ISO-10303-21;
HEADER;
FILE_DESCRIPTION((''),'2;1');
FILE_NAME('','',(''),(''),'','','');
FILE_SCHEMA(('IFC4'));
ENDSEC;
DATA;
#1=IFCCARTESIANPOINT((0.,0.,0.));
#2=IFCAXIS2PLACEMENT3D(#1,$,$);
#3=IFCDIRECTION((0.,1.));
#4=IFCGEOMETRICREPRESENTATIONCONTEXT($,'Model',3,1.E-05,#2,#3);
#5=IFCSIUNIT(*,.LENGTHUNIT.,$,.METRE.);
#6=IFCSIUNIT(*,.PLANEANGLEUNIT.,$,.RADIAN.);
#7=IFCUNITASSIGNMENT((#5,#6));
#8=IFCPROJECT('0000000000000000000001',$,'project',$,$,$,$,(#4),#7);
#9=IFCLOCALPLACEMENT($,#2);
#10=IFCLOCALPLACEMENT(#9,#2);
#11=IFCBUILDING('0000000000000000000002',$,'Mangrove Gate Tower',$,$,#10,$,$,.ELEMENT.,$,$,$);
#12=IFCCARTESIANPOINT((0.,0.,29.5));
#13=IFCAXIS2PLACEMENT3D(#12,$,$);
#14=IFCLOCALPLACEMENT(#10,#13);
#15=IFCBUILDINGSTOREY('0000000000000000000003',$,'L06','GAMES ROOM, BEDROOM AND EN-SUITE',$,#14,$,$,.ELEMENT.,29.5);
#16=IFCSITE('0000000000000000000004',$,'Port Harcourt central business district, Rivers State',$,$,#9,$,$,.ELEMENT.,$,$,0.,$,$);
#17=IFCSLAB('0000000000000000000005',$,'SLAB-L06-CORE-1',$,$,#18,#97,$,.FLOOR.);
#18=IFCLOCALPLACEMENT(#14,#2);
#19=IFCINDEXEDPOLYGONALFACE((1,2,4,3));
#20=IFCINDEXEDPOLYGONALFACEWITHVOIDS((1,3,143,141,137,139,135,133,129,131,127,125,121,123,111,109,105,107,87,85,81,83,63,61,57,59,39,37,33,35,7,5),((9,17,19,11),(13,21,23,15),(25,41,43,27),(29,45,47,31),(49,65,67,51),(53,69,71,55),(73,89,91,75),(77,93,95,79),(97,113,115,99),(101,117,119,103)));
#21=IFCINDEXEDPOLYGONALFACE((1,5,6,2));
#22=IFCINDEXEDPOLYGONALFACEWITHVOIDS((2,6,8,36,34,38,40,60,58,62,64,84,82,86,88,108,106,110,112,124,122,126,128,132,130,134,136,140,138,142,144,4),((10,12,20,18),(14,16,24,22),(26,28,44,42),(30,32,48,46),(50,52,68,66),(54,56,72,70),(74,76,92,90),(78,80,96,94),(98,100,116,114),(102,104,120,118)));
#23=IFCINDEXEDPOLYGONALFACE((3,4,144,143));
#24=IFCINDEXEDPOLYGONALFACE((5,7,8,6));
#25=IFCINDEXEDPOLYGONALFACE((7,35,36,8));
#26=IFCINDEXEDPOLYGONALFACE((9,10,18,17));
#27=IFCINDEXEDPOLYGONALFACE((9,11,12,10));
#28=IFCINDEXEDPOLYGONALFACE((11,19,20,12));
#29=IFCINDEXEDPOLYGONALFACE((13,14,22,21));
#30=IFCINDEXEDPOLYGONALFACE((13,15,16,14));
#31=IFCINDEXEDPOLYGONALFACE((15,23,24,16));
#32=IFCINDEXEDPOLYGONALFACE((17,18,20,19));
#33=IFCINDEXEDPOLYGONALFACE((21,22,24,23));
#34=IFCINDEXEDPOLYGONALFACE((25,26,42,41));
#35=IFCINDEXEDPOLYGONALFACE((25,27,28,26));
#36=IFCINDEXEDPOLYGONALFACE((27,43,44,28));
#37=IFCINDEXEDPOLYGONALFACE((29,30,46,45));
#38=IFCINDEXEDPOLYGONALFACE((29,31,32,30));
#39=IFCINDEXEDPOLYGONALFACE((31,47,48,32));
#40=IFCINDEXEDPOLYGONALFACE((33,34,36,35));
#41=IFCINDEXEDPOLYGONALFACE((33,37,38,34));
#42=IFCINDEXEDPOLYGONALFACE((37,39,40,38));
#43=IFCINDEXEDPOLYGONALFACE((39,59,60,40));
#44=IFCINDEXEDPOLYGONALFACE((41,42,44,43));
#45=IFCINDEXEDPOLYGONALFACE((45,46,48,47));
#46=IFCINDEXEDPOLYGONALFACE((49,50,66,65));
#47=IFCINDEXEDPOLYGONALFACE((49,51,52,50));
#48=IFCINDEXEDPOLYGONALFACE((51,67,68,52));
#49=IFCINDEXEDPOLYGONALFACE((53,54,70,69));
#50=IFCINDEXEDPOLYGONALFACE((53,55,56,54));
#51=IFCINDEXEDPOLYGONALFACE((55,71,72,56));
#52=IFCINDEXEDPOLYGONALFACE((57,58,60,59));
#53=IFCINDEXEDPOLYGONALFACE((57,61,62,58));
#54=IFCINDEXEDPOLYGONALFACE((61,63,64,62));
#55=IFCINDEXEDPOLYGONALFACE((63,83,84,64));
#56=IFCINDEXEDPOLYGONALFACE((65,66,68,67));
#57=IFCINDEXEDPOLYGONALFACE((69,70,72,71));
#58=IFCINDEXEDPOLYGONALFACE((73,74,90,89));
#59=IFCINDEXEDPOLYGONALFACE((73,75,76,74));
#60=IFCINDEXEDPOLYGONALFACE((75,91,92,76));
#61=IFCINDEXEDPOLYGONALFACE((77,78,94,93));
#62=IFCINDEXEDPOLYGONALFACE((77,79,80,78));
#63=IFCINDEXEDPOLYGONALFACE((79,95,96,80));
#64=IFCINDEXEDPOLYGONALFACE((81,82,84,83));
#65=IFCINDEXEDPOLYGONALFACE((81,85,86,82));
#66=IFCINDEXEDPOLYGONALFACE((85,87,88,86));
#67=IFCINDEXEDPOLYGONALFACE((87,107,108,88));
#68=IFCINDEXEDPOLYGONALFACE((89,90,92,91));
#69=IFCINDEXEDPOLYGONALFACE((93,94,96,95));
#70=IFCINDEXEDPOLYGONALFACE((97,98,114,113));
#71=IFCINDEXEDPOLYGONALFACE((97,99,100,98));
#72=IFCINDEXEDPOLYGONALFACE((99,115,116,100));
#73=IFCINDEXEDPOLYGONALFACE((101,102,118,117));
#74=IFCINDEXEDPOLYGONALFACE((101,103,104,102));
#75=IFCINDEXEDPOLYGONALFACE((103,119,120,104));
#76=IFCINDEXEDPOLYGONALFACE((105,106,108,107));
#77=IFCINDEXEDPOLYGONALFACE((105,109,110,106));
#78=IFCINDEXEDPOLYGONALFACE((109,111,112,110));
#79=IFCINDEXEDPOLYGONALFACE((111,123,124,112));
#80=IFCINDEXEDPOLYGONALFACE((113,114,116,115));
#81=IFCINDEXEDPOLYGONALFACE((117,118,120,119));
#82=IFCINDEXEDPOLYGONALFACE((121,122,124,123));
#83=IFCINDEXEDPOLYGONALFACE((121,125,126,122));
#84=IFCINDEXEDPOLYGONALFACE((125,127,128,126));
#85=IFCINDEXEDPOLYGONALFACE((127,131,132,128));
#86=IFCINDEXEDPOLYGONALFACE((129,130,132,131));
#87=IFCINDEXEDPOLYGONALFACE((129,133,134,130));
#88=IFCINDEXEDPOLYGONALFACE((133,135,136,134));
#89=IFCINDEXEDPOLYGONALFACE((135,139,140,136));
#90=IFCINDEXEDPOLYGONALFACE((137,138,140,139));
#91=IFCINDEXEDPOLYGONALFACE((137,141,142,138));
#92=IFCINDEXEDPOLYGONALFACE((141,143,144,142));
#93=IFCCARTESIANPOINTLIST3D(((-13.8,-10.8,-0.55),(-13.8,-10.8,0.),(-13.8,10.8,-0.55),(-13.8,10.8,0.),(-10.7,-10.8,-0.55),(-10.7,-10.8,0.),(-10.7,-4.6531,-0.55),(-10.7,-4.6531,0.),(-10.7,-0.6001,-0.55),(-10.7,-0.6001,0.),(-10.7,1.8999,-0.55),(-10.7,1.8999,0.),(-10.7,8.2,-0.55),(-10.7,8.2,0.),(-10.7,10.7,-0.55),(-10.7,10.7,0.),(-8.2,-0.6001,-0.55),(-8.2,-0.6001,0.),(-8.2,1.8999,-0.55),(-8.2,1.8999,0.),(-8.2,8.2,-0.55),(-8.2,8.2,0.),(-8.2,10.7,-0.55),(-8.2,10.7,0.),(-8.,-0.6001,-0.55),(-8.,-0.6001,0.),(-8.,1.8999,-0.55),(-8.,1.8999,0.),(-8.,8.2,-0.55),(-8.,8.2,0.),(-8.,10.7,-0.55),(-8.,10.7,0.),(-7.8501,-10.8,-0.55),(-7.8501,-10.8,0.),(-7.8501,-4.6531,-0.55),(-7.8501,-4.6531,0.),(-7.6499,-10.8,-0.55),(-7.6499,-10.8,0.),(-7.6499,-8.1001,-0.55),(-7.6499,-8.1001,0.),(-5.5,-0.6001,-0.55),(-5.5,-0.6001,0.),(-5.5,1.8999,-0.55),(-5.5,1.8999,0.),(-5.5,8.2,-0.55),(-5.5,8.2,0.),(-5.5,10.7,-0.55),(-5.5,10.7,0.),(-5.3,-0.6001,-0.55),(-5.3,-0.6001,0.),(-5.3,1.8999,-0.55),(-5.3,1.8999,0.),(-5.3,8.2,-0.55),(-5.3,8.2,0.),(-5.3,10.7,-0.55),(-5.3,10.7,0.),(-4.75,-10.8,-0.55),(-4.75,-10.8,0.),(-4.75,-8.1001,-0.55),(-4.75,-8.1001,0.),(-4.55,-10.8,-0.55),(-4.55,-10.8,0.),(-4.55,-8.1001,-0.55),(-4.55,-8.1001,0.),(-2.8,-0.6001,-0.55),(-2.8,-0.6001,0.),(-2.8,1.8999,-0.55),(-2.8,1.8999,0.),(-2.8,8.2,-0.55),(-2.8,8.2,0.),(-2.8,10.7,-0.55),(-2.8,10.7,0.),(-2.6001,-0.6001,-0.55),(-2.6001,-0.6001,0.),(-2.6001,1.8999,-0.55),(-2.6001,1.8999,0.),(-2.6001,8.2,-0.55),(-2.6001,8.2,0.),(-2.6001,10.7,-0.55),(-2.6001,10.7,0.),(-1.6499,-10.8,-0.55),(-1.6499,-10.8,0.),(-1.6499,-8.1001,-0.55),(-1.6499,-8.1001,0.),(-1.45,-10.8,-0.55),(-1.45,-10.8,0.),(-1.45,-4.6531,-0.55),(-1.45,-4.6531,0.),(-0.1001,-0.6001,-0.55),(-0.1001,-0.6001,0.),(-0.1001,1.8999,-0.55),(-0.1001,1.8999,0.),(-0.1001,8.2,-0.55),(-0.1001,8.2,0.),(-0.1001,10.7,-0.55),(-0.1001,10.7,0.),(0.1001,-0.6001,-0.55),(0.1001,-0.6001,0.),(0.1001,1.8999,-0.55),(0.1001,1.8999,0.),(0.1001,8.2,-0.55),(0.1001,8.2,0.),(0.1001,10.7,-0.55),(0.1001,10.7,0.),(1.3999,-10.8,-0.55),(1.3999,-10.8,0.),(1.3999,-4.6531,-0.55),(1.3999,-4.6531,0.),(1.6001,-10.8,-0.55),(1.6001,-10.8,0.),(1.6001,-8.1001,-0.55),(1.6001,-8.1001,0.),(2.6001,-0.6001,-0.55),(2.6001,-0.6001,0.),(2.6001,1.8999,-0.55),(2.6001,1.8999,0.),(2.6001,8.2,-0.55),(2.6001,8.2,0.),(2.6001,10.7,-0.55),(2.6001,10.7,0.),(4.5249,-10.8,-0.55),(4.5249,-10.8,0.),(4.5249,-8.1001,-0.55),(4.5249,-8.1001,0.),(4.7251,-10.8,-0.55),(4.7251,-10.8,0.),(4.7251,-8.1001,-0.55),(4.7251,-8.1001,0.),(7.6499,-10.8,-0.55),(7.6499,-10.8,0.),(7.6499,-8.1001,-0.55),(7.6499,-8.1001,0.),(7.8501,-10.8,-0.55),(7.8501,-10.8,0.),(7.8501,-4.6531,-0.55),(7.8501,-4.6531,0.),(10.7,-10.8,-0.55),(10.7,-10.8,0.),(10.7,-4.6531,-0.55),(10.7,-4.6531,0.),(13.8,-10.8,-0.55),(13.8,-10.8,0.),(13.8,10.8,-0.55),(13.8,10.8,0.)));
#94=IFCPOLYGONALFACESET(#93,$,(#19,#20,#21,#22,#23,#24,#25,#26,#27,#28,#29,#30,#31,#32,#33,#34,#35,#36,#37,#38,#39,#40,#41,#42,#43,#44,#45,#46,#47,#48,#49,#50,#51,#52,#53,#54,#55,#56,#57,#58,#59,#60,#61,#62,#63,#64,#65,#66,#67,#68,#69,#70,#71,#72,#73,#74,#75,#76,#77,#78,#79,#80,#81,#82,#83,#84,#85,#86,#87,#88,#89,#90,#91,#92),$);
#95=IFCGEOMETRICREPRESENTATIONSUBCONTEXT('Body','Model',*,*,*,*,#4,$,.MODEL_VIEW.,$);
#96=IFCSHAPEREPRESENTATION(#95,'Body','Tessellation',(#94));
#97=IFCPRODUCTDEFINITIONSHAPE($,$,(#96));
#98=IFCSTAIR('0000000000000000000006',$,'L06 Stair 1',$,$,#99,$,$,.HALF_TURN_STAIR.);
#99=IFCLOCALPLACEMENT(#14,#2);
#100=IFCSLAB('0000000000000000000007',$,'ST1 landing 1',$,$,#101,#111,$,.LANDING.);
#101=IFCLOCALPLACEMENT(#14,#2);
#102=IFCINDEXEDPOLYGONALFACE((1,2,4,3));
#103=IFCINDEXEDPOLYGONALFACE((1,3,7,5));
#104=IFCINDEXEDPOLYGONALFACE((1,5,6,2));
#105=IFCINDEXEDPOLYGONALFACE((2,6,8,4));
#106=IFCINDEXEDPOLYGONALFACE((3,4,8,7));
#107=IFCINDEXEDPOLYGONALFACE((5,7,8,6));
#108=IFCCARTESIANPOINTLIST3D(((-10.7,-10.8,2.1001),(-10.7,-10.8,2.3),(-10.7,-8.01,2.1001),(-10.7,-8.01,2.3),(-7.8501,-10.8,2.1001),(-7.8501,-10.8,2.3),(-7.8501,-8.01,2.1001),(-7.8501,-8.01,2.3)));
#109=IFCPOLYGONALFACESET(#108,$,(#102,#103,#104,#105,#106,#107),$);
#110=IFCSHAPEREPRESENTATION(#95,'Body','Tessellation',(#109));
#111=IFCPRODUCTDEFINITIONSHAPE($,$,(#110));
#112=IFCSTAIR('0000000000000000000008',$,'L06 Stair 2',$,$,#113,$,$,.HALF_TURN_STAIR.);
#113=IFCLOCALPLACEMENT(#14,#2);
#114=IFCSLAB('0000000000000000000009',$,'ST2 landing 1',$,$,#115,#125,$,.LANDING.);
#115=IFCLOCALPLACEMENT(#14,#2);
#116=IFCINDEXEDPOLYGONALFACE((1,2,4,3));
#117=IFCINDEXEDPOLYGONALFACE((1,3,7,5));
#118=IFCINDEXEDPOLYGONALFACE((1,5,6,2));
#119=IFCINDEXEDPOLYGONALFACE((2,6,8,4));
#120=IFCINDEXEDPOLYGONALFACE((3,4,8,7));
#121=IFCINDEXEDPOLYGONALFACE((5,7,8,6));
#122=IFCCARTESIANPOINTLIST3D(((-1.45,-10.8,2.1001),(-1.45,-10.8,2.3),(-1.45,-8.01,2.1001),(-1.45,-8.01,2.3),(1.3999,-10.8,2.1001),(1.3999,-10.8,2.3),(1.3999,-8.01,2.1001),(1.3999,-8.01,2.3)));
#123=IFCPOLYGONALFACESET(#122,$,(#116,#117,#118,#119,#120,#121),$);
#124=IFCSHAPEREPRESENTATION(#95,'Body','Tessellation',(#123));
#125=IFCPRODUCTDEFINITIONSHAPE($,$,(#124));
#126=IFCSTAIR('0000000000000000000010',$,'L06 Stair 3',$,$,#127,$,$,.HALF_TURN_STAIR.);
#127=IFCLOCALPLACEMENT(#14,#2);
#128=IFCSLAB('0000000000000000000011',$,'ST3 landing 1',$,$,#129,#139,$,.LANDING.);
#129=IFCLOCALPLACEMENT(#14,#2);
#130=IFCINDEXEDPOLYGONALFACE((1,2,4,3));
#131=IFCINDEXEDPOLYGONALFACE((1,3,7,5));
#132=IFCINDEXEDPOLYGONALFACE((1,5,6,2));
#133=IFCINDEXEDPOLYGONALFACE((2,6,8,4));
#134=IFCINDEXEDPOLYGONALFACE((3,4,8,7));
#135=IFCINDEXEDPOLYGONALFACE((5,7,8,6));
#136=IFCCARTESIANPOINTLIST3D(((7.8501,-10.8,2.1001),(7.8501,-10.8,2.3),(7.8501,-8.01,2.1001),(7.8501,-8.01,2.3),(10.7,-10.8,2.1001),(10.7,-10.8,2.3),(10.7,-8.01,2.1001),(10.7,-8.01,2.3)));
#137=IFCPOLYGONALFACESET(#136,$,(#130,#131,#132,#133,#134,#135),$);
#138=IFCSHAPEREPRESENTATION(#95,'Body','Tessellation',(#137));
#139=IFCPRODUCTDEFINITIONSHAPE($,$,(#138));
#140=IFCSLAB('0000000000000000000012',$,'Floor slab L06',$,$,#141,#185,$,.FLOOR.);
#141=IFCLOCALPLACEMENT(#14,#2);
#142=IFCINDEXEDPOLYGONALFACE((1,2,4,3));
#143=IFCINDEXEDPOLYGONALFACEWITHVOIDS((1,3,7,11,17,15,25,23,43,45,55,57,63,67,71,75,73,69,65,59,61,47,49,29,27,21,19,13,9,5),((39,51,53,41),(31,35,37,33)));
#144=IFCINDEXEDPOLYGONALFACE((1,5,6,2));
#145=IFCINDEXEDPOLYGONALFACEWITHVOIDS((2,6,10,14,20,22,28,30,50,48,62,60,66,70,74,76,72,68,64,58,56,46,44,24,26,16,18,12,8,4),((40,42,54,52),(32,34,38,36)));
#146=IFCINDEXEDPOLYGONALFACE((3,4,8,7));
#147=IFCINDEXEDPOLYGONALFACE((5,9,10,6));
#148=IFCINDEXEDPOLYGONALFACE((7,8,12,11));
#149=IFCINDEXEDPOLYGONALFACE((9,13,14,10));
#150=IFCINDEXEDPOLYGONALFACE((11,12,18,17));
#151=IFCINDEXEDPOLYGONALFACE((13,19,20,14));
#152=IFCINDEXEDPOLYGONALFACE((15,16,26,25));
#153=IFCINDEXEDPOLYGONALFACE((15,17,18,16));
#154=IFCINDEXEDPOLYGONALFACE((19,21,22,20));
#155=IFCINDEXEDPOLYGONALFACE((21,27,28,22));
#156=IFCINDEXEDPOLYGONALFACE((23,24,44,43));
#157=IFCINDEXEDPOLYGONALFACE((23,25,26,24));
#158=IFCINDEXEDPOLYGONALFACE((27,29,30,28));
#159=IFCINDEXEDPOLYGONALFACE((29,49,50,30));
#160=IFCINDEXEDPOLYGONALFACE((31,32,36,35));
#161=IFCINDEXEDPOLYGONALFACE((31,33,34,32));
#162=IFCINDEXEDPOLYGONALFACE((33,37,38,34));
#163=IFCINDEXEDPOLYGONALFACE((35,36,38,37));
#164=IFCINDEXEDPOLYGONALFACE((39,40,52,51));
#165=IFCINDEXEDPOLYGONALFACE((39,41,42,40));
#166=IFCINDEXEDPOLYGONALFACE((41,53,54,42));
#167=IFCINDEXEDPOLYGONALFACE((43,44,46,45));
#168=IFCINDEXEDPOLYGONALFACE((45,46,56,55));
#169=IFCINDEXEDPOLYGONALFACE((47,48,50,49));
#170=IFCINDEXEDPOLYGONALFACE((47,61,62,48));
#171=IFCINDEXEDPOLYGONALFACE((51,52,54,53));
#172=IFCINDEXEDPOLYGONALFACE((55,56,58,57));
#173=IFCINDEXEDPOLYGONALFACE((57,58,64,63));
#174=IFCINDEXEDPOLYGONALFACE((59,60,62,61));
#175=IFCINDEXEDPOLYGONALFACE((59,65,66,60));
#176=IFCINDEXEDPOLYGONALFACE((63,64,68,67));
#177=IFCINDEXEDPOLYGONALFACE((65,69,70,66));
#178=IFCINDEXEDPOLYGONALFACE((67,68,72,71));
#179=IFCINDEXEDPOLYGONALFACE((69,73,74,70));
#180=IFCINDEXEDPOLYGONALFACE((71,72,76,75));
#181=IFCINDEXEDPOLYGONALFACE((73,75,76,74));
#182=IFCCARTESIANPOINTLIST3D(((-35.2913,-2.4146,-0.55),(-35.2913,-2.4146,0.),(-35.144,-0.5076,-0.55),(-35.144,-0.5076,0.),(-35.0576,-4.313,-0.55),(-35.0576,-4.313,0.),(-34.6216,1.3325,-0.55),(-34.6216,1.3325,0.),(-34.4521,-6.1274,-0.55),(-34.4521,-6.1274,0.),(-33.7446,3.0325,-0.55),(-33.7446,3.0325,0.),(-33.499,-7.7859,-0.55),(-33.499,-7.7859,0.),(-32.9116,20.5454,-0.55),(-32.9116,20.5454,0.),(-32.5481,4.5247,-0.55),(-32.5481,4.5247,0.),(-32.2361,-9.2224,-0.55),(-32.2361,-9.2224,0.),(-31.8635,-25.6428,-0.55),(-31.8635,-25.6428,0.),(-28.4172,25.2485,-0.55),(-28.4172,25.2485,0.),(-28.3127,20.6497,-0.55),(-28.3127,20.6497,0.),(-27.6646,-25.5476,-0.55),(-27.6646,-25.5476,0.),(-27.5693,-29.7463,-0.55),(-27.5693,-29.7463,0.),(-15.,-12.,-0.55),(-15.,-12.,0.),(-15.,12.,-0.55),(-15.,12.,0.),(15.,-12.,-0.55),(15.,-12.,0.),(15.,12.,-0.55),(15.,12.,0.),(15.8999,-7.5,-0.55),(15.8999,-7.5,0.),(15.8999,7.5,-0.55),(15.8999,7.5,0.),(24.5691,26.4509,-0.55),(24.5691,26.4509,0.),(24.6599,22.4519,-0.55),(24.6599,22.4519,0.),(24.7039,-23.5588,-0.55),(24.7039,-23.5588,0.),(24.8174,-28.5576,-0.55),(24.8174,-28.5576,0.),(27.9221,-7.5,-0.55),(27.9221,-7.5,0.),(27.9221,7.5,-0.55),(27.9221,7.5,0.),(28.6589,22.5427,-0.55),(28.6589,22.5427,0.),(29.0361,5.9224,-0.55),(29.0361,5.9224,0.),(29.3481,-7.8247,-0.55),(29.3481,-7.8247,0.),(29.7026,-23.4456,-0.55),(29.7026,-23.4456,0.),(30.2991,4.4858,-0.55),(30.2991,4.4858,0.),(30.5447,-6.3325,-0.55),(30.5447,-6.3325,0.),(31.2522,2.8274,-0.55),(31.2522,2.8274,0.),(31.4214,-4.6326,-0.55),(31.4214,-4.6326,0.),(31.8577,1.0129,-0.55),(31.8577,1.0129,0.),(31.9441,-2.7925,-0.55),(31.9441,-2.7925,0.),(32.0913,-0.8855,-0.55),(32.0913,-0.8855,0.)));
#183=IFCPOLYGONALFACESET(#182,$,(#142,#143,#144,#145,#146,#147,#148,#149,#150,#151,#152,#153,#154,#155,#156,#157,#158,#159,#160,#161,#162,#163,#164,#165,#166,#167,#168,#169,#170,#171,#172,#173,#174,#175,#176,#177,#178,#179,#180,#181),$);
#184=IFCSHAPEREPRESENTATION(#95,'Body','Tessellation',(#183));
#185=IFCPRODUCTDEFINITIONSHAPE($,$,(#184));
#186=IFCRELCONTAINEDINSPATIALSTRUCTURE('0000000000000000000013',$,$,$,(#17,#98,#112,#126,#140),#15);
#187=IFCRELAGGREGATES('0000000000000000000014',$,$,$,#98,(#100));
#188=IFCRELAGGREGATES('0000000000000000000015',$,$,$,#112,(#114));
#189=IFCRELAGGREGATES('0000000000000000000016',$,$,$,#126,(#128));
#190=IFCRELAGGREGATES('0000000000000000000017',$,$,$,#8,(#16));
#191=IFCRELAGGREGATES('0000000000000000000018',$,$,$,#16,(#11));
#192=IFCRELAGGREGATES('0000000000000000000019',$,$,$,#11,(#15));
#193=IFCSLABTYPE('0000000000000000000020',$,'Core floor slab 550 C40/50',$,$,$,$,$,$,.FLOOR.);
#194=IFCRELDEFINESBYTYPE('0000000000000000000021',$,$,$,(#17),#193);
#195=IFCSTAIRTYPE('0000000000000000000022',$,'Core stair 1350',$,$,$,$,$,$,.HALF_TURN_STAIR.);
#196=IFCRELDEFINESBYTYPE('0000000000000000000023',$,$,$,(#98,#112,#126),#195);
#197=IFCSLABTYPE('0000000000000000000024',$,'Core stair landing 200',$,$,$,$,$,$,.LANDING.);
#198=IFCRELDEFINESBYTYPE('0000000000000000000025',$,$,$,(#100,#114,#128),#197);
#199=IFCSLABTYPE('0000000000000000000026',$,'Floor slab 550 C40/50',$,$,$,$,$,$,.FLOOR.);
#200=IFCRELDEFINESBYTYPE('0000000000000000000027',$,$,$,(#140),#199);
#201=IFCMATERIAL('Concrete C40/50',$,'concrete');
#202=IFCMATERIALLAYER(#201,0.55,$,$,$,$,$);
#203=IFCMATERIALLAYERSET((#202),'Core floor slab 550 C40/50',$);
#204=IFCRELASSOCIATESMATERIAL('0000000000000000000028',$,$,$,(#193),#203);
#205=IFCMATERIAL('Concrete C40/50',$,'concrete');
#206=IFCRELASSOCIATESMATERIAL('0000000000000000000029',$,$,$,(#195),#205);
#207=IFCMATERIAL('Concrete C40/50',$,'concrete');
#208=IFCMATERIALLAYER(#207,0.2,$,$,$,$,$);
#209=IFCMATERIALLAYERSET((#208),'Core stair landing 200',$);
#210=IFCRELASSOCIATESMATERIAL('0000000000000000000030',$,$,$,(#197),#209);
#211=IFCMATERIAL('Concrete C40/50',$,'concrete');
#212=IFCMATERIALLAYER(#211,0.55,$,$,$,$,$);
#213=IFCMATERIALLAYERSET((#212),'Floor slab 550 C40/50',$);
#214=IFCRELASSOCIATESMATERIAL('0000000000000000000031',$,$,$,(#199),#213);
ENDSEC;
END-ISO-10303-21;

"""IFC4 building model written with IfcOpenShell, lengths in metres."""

from ifc_helpers import new_model, si_unit, direction, frame, origin, place, context, subcontext, project, spatial, polyline, outline, extrude, material, layer, layer_set, type_object, element, aggregate, save


model = new_model("IFC4")

# Units and contexts
model_context = context("Model", 3, precision=1e-05, world=origin(), true_north=direction((0.0, 1.0)))
body_context = subcontext(model_context, "Body", "Model", "MODEL_VIEW")
ifc_project = project(units=[si_unit("LENGTHUNIT", "METRE"), si_unit("PLANEANGLEUNIT", "RADIAN")], contexts=[model_context])

# Site, building, storey
site_placement = place(None, origin())
site = spatial("IfcSite", under=ifc_project, at=site_placement, Name="Port Harcourt central business district, Rivers State", CompositionType="ELEMENT", RefElevation=0.0)
building_placement = place(site_placement, origin())
building = spatial("IfcBuilding", under=site, at=building_placement, Name="Mangrove Gate Tower", CompositionType="ELEMENT")
storey_placement = place(building_placement, frame((0.0, 0.0, 29.5)))
storey = spatial("IfcBuildingStorey", under=building, at=storey_placement, Name="L06", Description="GAMES ROOM, BEDROOM AND EN-SUITE", CompositionType="ELEMENT", Elevation=29.5)

# Slab
ifc_material_1 = material(Name="Concrete C40/50", Category="concrete")
ifc_layer_1 = layer(ifc_material_1, 0.55)
ifc_layer_set_1 = layer_set([ifc_layer_1], Name="Core floor slab 550 C40/50")
slab_type_1 = type_object("IfcSlabType", Name="Core floor slab 550 C40/50", PredefinedType="FLOOR", material=ifc_layer_set_1)
slab_1_placement = place(storey_placement, frame((0.0, 0.0, -0.55)))
element("IfcSlab", 1, at=slab_1_placement, inside=storey, type_object=slab_type_1, Name="SLAB-L06-CORE-1", PredefinedType="FLOOR", context=body_context, shape_type="SweptSolid", body=[
    extrude(outline(polyline([(-13.8, -10.8), (-13.8, 10.8), (13.8, 10.8), (13.8, -10.8), (10.7, -10.8), (10.7, -4.6531), (7.8501, -4.6531), (7.8501, -10.8), (7.6499, -10.8), (7.6499, -8.1001), (4.7251, -8.1001), (4.7251, -10.8), (4.5249, -10.8), (4.5249, -8.1001), (1.6001, -8.1001), (1.6001, -10.8), (1.3999, -10.8), (1.3999, -4.6531), (-1.45, -4.6531), (-1.45, -10.8), (-1.6499, -10.8), (-1.6499, -8.1001), (-4.55, -8.1001), (-4.55, -10.8), (-4.75, -10.8), (-4.75, -8.1001), (-7.6499, -8.1001), (-7.6499, -10.8), (-7.8501, -10.8), (-7.8501, -4.6531), (-10.7, -4.6531), (-10.7, -10.8), (-13.8, -10.8)]), holes=[polyline([(-8.2, -0.6001), (-8.2, 1.8999), (-10.7, 1.8999), (-10.7, -0.6001), (-8.2, -0.6001)]), polyline([(-5.5, -0.6001), (-5.5, 1.8999), (-8.0, 1.8999), (-8.0, -0.6001), (-5.5, -0.6001)]), polyline([(-2.8, -0.6001), (-2.8, 1.8999), (-5.3, 1.8999), (-5.3, -0.6001), (-2.8, -0.6001)]), polyline([(-8.2, 8.2), (-8.2, 10.7), (-10.7, 10.7), (-10.7, 8.2), (-8.2, 8.2)]), polyline([(-5.5, 8.2), (-5.5, 10.7), (-8.0, 10.7), (-8.0, 8.2), (-5.5, 8.2)]), polyline([(-2.8, 8.2), (-2.8, 10.7), (-5.3, 10.7), (-5.3, 8.2), (-2.8, 8.2)]), polyline([(-0.1001, -0.6001), (-0.1001, 1.8999), (-2.6001, 1.8999), (-2.6001, -0.6001), (-0.1001, -0.6001)]), polyline([(2.6001, -0.6001), (2.6001, 1.8999), (0.1001, 1.8999), (0.1001, -0.6001), (2.6001, -0.6001)]), polyline([(-2.6001, 8.2), (-0.1001, 8.2), (-0.1001, 10.7), (-2.6001, 10.7), (-2.6001, 8.2)]), polyline([(0.1001, 8.2), (2.6001, 8.2), (2.6001, 10.7), (0.1001, 10.7), (0.1001, 8.2)])]), origin(), (0.0, 0.0, 1.0), 0.55),
])

# Stairs, slabs
ifc_material_2 = material(Name="Concrete C40/50", Category="concrete")
stair_type = type_object("IfcStairType", Name="Core stair 1350", PredefinedType="HALF_TURN_STAIR", material=ifc_material_2)
stair_1_placement = place(storey_placement, origin())
stair_1 = element("IfcStair", 2, at=stair_1_placement, inside=storey, type_object=stair_type, Name="L06 Stair 1", PredefinedType="HALF_TURN_STAIR")
ifc_material_3 = material(Name="Concrete C40/50", Category="concrete")
ifc_layer_2 = layer(ifc_material_3, 0.2)
ifc_layer_set_2 = layer_set([ifc_layer_2], Name="Core stair landing 200")
slab_type_2 = type_object("IfcSlabType", Name="Core stair landing 200", PredefinedType="LANDING", material=ifc_layer_set_2)
slab_2_placement = place(storey_placement, frame((0.0, 0.0, 2.1001)))
slab_2 = element("IfcSlab", 3, at=slab_2_placement, type_object=slab_type_2, Name="ST1 landing 1", PredefinedType="LANDING", context=body_context, shape_type="SweptSolid", body=[
    extrude(outline(polyline([(-10.7, -8.01), (-10.7, -10.8), (-7.8501, -10.8), (-7.8501, -8.01), (-10.7, -8.01)])), origin(), (0.0, 0.0, 1.0), 0.2),
])
aggregate(stair_1, [slab_2])
stair_2_placement = place(storey_placement, origin())
stair_2 = element("IfcStair", 4, at=stair_2_placement, inside=storey, type_object=stair_type, Name="L06 Stair 2", PredefinedType="HALF_TURN_STAIR")
slab_3_placement = place(storey_placement, frame((0.0, 0.0, 2.1001)))
slab_3 = element("IfcSlab", 5, at=slab_3_placement, type_object=slab_type_2, Name="ST2 landing 1", PredefinedType="LANDING", context=body_context, shape_type="SweptSolid", body=[
    extrude(outline(polyline([(-1.45, -8.01), (-1.45, -10.8), (1.3999, -10.8), (1.3999, -8.01), (-1.45, -8.01)])), origin(), (0.0, 0.0, 1.0), 0.2),
])
aggregate(stair_2, [slab_3])
stair_3_placement = place(storey_placement, origin())
stair_3 = element("IfcStair", 6, at=stair_3_placement, inside=storey, type_object=stair_type, Name="L06 Stair 3", PredefinedType="HALF_TURN_STAIR")
slab_4_placement = place(storey_placement, frame((0.0, 0.0, 2.1001)))
slab_4 = element("IfcSlab", 7, at=slab_4_placement, type_object=slab_type_2, Name="ST3 landing 1", PredefinedType="LANDING", context=body_context, shape_type="SweptSolid", body=[
    extrude(outline(polyline([(7.8501, -8.01), (7.8501, -10.8), (10.7, -10.8), (10.7, -8.01), (7.8501, -8.01)])), origin(), (0.0, 0.0, 1.0), 0.2),
])
aggregate(stair_3, [slab_4])

# Slab
ifc_material_4 = material(Name="Concrete C40/50", Category="concrete")
ifc_layer_3 = layer(ifc_material_4, 0.55)
ifc_layer_set_3 = layer_set([ifc_layer_3], Name="Floor slab 550 C40/50")
slab_type_3 = type_object("IfcSlabType", Name="Floor slab 550 C40/50", PredefinedType="FLOOR", material=ifc_layer_set_3)
slab_5_placement = place(storey_placement, frame((0.0, 0.0, -0.55)))
element("IfcSlab", 8, at=slab_5_placement, inside=storey, type_object=slab_type_3, Name="Floor slab L06", PredefinedType="FLOOR", context=body_context, shape_type="SweptSolid", body=[
    extrude(outline(polyline([(-27.5693, -29.7463), (24.8174, -28.5576), (24.7039, -23.5588), (29.7026, -23.4456), (29.3481, -7.8247), (30.5447, -6.3325), (31.4214, -4.6326), (31.9441, -2.7925), (32.0913, -0.8855), (31.8577, 1.0129), (31.2522, 2.8274), (30.2991, 4.4858), (29.0361, 5.9224), (28.6589, 22.5427), (24.6599, 22.4519), (24.5691, 26.4509), (-28.4172, 25.2485), (-28.3127, 20.6497), (-32.9116, 20.5454), (-32.5481, 4.5247), (-33.7446, 3.0325), (-34.6216, 1.3325), (-35.144, -0.5076), (-35.2913, -2.4146), (-35.0576, -4.313), (-34.4521, -6.1274), (-33.499, -7.7859), (-32.2361, -9.2224), (-31.8635, -25.6428), (-27.6646, -25.5476), (-27.5693, -29.7463)]), holes=[polyline([(15.8999, 7.5), (27.9221, 7.5), (27.9221, -7.5), (15.8999, -7.5), (15.8999, 7.5)]), polyline([(-15.0, -12.0), (-15.0, 12.0), (15.0, 12.0), (15.0, -12.0), (-15.0, -12.0)])]), origin(), (0.0, 0.0, 1.0), 0.55),
])

save(model, "model.ifc")
